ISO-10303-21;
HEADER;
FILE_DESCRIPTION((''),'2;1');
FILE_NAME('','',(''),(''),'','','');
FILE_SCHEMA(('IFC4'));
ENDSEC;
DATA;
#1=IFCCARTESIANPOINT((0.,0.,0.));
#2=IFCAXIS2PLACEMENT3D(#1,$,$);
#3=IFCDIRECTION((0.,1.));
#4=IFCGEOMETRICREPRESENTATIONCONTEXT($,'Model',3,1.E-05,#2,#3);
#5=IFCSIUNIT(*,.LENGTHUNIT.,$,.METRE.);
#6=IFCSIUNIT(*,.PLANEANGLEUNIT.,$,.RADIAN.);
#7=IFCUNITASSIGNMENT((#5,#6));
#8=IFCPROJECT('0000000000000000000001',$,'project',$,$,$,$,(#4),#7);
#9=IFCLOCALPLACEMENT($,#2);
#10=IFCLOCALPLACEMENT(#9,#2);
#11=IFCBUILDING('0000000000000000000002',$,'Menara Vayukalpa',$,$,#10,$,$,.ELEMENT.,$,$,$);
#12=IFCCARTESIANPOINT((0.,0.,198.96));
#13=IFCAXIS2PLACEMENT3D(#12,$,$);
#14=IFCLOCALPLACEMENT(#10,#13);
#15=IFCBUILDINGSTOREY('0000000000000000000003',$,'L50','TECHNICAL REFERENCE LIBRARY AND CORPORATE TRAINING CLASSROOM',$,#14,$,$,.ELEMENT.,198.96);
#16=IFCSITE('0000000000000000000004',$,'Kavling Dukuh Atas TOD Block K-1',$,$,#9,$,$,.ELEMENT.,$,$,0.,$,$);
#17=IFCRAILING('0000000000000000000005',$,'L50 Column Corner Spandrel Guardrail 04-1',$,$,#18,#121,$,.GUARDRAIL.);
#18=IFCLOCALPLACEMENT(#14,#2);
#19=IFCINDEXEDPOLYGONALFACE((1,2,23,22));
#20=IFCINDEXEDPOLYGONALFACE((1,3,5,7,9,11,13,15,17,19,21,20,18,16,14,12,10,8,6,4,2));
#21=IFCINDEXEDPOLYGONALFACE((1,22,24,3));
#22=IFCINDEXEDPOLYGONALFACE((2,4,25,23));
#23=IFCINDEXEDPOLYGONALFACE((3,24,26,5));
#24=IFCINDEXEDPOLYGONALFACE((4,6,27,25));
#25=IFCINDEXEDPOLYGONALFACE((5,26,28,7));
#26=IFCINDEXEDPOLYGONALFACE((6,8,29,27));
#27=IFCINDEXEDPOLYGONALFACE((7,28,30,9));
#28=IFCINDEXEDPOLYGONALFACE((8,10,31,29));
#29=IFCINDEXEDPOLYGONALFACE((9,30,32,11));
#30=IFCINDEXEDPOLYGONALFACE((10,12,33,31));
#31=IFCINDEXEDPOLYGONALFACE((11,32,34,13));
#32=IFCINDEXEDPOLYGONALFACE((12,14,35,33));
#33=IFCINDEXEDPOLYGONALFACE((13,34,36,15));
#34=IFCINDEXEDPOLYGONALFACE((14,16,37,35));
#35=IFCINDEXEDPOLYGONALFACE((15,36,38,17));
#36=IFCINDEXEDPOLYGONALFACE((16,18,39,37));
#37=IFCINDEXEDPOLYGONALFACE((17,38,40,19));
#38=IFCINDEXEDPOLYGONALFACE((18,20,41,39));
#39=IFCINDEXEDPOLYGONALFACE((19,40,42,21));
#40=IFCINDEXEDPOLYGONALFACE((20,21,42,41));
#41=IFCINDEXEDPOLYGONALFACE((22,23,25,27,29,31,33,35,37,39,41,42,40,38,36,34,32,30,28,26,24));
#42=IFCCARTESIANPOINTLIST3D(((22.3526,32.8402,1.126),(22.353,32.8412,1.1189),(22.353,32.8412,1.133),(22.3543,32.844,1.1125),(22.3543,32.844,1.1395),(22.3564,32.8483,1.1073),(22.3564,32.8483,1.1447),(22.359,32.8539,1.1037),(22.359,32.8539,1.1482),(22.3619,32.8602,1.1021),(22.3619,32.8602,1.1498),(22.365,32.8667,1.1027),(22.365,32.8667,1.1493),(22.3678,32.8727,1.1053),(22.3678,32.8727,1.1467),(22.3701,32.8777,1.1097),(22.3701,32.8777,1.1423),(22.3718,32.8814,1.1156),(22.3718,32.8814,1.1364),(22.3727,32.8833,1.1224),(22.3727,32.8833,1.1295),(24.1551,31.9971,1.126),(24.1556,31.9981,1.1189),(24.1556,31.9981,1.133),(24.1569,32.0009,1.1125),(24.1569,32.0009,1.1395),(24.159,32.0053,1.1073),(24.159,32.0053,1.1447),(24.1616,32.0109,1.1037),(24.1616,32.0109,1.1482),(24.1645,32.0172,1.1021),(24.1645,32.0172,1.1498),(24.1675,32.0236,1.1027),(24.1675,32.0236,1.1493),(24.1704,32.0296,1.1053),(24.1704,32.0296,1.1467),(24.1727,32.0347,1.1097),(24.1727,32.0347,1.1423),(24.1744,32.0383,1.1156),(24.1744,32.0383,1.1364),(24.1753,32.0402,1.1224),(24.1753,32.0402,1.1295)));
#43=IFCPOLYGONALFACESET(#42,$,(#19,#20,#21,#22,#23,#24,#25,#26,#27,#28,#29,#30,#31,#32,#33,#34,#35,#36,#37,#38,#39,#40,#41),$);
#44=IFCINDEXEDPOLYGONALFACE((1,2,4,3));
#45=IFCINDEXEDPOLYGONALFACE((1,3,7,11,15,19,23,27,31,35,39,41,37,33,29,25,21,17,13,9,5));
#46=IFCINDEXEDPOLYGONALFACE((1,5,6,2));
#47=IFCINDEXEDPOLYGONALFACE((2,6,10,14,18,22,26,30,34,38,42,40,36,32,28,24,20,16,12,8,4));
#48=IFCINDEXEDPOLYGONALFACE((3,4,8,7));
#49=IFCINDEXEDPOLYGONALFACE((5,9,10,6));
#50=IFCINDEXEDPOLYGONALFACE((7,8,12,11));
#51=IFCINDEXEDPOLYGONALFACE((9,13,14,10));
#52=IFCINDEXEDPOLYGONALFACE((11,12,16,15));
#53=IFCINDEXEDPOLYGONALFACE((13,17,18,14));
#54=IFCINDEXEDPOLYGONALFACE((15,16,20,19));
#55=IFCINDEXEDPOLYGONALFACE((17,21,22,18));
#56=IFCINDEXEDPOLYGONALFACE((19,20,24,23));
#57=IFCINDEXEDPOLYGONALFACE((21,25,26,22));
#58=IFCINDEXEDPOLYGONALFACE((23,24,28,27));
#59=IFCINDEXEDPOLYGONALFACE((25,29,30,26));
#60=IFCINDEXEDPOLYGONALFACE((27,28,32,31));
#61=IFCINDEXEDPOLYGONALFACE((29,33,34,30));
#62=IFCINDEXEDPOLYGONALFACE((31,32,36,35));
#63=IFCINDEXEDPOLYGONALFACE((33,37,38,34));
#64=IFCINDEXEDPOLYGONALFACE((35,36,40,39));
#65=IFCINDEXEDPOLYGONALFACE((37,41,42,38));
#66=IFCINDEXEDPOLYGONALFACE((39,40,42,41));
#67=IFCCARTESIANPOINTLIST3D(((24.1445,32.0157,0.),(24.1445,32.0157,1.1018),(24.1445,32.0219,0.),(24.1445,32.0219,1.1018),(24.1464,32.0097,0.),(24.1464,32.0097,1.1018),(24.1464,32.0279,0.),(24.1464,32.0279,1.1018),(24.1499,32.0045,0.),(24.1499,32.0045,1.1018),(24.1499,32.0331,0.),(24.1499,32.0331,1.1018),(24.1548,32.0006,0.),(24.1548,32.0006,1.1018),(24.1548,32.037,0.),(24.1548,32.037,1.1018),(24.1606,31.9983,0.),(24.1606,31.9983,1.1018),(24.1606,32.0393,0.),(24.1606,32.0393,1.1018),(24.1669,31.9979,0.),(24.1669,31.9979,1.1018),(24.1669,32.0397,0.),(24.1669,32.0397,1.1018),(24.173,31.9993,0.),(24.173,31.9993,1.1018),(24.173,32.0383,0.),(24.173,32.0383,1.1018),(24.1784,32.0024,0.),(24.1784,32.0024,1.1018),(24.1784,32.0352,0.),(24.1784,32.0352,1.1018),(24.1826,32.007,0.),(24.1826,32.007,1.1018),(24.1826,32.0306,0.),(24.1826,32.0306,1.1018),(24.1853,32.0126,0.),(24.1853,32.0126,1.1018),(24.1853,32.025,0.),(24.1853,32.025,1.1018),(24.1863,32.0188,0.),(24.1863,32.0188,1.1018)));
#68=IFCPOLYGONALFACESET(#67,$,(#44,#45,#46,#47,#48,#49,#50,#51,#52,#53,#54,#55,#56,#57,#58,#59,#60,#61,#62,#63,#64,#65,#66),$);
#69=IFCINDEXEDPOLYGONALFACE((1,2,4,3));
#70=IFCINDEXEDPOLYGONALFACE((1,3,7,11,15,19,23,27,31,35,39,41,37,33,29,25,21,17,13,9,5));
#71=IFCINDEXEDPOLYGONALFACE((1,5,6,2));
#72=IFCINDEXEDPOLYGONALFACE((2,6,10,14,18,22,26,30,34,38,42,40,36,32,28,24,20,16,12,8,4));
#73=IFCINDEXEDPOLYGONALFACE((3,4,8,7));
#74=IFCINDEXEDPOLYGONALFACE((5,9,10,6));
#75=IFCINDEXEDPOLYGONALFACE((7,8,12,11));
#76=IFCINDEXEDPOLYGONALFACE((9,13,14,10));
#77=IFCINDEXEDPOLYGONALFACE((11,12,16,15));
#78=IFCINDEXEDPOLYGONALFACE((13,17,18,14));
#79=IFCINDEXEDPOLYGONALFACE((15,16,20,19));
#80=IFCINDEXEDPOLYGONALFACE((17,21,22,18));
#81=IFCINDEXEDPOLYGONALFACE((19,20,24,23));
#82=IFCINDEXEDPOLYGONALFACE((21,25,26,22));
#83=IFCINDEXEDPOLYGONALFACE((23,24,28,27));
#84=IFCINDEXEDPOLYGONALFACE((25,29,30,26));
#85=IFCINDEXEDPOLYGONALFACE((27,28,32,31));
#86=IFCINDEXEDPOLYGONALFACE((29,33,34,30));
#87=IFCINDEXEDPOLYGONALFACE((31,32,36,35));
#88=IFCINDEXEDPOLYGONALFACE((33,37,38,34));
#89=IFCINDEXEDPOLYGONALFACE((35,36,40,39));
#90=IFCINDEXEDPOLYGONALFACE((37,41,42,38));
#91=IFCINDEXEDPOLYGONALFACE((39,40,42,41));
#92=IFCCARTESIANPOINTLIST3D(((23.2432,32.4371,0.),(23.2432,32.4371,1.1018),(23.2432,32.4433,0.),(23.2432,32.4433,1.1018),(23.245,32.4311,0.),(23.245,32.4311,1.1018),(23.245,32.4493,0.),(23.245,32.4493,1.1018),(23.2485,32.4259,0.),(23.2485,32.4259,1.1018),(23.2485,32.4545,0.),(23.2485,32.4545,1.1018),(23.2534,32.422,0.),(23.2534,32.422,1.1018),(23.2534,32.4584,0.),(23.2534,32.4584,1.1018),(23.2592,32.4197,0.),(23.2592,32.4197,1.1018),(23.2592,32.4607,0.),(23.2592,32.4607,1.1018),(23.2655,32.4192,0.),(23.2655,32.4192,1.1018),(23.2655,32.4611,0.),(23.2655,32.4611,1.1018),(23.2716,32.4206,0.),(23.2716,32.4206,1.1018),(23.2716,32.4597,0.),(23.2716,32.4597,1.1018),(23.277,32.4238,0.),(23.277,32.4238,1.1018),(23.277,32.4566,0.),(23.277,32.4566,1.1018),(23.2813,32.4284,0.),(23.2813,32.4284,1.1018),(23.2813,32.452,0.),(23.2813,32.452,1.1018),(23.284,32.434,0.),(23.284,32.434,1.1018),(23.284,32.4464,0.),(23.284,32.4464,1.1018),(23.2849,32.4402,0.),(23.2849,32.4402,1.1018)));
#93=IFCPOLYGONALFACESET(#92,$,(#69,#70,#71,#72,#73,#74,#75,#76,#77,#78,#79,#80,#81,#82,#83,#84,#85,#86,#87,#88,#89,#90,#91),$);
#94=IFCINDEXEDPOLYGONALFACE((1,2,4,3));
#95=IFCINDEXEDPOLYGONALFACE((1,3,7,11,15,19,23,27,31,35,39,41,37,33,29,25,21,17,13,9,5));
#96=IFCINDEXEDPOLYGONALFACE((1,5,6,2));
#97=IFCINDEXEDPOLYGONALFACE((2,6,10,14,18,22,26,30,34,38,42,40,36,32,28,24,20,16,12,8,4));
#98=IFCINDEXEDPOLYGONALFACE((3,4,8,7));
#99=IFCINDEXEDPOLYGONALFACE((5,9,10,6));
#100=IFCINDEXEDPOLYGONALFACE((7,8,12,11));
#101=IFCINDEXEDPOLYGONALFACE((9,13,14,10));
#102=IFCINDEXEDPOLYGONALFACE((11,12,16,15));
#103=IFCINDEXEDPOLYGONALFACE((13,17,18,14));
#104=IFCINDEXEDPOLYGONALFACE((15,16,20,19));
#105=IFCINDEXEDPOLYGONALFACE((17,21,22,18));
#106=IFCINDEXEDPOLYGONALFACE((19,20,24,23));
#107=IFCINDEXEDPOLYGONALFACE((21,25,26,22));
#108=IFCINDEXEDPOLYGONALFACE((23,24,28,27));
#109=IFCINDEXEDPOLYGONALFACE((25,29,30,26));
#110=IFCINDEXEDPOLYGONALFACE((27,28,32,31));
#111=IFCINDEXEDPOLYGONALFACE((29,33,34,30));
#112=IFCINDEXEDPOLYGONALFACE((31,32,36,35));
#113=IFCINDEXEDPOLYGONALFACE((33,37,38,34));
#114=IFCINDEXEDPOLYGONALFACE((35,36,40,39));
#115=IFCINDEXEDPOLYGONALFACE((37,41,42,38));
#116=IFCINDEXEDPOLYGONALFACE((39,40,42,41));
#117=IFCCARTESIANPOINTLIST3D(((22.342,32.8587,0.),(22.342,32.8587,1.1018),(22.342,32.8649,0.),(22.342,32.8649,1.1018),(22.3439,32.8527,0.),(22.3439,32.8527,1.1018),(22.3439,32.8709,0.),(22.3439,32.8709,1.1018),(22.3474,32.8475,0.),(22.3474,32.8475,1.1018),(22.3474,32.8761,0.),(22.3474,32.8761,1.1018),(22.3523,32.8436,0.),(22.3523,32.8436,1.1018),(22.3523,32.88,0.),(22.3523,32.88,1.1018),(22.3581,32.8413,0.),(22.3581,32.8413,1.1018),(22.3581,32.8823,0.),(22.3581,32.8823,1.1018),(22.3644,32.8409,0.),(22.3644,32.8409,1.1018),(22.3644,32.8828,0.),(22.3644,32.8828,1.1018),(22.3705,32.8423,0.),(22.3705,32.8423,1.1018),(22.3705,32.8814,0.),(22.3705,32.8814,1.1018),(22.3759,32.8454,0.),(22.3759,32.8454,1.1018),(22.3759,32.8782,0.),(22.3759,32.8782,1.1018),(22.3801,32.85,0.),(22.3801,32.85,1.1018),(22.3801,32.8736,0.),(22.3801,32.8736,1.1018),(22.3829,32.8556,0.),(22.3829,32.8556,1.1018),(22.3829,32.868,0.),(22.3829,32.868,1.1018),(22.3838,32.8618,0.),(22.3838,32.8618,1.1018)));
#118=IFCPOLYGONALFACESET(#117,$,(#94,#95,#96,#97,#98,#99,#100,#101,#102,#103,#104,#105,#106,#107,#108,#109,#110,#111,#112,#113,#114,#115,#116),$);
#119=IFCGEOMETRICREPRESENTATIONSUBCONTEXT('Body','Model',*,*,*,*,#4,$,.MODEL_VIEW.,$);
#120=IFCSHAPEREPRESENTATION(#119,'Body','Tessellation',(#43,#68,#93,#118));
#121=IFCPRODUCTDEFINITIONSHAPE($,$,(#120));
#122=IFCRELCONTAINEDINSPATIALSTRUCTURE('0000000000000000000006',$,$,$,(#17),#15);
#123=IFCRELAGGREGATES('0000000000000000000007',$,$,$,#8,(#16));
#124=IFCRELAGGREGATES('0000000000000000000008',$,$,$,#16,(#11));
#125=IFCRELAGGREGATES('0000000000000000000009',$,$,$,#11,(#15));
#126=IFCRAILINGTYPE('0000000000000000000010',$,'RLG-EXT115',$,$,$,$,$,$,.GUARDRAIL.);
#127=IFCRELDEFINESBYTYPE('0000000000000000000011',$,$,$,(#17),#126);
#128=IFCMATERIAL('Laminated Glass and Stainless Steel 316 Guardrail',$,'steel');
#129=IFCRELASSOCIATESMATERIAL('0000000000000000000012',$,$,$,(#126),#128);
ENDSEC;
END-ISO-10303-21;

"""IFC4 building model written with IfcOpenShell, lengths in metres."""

from ifc_helpers import new_model, si_unit, direction, frame, origin, origin_2d, place, context, subcontext, project, spatial, circle, extrude, material, type_object, element, save


model = new_model("IFC4")

# Units and contexts
model_context = context("Model", 3, precision=1e-05, world=origin(), true_north=direction((0.0, 1.0)))
body_context = subcontext(model_context, "Body", "Model", "MODEL_VIEW")
ifc_project = project(units=[si_unit("LENGTHUNIT", "METRE"), si_unit("PLANEANGLEUNIT", "RADIAN")], contexts=[model_context])

# Site, building, storey
site_placement = place(None, origin())
site = spatial("IfcSite", under=ifc_project, at=site_placement, Name="Kavling Dukuh Atas TOD Block K-1", CompositionType="ELEMENT", RefElevation=0.0)
building_placement = place(site_placement, origin())
building = spatial("IfcBuilding", under=site, at=building_placement, Name="Menara Vayukalpa", CompositionType="ELEMENT")
storey_placement = place(building_placement, frame((0.0, 0.0, 198.96)))
storey = spatial("IfcBuildingStorey", under=building, at=storey_placement, Name="L50", Description="TECHNICAL REFERENCE LIBRARY AND CORPORATE TRAINING CLASSROOM", CompositionType="ELEMENT", Elevation=198.96)

# Railing
ifc_material_1 = material(Name="Laminated Glass and Stainless Steel 316 Guardrail", Category="steel")
railing_type = type_object("IfcRailingType", Name="RLG-EXT115", PredefinedType="GUARDRAIL", material=ifc_material_1)
railing_placement = place(storey_placement, frame((24.1653, 32.0188, 0.0)))
element("IfcRailing", 1, at=railing_placement, inside=storey, type_object=railing_type, Name="L50 Column Corner Spandrel Guardrail 04-1", PredefinedType="GUARDRAIL", context=body_context, shape_type="SweptSolid", body=[
    extrude(circle(Radius=0.0239, at=origin_2d()), frame((0.0, 0.0, 1.126), z_axis=(-0.905825, 0.423651, 0.0), x_axis=(-0.423651, -0.905825, 0.0)), (0.0, 0.0, 1.0), 1.99),
    extrude(circle(Radius=0.021, at=origin_2d()), origin(), (0.0, 0.0, 1.0), 1.1018),
    extrude(circle(Radius=0.021, at=origin_2d()), frame((-0.9014, 0.4214, 0.0)), (0.0, 0.0, 1.0), 1.1018),
    extrude(circle(Radius=0.021, at=origin_2d()), frame((-1.8025, 0.843, 0.0)), (0.0, 0.0, 1.0), 1.1018),
])

save(model, "model.ifc")
